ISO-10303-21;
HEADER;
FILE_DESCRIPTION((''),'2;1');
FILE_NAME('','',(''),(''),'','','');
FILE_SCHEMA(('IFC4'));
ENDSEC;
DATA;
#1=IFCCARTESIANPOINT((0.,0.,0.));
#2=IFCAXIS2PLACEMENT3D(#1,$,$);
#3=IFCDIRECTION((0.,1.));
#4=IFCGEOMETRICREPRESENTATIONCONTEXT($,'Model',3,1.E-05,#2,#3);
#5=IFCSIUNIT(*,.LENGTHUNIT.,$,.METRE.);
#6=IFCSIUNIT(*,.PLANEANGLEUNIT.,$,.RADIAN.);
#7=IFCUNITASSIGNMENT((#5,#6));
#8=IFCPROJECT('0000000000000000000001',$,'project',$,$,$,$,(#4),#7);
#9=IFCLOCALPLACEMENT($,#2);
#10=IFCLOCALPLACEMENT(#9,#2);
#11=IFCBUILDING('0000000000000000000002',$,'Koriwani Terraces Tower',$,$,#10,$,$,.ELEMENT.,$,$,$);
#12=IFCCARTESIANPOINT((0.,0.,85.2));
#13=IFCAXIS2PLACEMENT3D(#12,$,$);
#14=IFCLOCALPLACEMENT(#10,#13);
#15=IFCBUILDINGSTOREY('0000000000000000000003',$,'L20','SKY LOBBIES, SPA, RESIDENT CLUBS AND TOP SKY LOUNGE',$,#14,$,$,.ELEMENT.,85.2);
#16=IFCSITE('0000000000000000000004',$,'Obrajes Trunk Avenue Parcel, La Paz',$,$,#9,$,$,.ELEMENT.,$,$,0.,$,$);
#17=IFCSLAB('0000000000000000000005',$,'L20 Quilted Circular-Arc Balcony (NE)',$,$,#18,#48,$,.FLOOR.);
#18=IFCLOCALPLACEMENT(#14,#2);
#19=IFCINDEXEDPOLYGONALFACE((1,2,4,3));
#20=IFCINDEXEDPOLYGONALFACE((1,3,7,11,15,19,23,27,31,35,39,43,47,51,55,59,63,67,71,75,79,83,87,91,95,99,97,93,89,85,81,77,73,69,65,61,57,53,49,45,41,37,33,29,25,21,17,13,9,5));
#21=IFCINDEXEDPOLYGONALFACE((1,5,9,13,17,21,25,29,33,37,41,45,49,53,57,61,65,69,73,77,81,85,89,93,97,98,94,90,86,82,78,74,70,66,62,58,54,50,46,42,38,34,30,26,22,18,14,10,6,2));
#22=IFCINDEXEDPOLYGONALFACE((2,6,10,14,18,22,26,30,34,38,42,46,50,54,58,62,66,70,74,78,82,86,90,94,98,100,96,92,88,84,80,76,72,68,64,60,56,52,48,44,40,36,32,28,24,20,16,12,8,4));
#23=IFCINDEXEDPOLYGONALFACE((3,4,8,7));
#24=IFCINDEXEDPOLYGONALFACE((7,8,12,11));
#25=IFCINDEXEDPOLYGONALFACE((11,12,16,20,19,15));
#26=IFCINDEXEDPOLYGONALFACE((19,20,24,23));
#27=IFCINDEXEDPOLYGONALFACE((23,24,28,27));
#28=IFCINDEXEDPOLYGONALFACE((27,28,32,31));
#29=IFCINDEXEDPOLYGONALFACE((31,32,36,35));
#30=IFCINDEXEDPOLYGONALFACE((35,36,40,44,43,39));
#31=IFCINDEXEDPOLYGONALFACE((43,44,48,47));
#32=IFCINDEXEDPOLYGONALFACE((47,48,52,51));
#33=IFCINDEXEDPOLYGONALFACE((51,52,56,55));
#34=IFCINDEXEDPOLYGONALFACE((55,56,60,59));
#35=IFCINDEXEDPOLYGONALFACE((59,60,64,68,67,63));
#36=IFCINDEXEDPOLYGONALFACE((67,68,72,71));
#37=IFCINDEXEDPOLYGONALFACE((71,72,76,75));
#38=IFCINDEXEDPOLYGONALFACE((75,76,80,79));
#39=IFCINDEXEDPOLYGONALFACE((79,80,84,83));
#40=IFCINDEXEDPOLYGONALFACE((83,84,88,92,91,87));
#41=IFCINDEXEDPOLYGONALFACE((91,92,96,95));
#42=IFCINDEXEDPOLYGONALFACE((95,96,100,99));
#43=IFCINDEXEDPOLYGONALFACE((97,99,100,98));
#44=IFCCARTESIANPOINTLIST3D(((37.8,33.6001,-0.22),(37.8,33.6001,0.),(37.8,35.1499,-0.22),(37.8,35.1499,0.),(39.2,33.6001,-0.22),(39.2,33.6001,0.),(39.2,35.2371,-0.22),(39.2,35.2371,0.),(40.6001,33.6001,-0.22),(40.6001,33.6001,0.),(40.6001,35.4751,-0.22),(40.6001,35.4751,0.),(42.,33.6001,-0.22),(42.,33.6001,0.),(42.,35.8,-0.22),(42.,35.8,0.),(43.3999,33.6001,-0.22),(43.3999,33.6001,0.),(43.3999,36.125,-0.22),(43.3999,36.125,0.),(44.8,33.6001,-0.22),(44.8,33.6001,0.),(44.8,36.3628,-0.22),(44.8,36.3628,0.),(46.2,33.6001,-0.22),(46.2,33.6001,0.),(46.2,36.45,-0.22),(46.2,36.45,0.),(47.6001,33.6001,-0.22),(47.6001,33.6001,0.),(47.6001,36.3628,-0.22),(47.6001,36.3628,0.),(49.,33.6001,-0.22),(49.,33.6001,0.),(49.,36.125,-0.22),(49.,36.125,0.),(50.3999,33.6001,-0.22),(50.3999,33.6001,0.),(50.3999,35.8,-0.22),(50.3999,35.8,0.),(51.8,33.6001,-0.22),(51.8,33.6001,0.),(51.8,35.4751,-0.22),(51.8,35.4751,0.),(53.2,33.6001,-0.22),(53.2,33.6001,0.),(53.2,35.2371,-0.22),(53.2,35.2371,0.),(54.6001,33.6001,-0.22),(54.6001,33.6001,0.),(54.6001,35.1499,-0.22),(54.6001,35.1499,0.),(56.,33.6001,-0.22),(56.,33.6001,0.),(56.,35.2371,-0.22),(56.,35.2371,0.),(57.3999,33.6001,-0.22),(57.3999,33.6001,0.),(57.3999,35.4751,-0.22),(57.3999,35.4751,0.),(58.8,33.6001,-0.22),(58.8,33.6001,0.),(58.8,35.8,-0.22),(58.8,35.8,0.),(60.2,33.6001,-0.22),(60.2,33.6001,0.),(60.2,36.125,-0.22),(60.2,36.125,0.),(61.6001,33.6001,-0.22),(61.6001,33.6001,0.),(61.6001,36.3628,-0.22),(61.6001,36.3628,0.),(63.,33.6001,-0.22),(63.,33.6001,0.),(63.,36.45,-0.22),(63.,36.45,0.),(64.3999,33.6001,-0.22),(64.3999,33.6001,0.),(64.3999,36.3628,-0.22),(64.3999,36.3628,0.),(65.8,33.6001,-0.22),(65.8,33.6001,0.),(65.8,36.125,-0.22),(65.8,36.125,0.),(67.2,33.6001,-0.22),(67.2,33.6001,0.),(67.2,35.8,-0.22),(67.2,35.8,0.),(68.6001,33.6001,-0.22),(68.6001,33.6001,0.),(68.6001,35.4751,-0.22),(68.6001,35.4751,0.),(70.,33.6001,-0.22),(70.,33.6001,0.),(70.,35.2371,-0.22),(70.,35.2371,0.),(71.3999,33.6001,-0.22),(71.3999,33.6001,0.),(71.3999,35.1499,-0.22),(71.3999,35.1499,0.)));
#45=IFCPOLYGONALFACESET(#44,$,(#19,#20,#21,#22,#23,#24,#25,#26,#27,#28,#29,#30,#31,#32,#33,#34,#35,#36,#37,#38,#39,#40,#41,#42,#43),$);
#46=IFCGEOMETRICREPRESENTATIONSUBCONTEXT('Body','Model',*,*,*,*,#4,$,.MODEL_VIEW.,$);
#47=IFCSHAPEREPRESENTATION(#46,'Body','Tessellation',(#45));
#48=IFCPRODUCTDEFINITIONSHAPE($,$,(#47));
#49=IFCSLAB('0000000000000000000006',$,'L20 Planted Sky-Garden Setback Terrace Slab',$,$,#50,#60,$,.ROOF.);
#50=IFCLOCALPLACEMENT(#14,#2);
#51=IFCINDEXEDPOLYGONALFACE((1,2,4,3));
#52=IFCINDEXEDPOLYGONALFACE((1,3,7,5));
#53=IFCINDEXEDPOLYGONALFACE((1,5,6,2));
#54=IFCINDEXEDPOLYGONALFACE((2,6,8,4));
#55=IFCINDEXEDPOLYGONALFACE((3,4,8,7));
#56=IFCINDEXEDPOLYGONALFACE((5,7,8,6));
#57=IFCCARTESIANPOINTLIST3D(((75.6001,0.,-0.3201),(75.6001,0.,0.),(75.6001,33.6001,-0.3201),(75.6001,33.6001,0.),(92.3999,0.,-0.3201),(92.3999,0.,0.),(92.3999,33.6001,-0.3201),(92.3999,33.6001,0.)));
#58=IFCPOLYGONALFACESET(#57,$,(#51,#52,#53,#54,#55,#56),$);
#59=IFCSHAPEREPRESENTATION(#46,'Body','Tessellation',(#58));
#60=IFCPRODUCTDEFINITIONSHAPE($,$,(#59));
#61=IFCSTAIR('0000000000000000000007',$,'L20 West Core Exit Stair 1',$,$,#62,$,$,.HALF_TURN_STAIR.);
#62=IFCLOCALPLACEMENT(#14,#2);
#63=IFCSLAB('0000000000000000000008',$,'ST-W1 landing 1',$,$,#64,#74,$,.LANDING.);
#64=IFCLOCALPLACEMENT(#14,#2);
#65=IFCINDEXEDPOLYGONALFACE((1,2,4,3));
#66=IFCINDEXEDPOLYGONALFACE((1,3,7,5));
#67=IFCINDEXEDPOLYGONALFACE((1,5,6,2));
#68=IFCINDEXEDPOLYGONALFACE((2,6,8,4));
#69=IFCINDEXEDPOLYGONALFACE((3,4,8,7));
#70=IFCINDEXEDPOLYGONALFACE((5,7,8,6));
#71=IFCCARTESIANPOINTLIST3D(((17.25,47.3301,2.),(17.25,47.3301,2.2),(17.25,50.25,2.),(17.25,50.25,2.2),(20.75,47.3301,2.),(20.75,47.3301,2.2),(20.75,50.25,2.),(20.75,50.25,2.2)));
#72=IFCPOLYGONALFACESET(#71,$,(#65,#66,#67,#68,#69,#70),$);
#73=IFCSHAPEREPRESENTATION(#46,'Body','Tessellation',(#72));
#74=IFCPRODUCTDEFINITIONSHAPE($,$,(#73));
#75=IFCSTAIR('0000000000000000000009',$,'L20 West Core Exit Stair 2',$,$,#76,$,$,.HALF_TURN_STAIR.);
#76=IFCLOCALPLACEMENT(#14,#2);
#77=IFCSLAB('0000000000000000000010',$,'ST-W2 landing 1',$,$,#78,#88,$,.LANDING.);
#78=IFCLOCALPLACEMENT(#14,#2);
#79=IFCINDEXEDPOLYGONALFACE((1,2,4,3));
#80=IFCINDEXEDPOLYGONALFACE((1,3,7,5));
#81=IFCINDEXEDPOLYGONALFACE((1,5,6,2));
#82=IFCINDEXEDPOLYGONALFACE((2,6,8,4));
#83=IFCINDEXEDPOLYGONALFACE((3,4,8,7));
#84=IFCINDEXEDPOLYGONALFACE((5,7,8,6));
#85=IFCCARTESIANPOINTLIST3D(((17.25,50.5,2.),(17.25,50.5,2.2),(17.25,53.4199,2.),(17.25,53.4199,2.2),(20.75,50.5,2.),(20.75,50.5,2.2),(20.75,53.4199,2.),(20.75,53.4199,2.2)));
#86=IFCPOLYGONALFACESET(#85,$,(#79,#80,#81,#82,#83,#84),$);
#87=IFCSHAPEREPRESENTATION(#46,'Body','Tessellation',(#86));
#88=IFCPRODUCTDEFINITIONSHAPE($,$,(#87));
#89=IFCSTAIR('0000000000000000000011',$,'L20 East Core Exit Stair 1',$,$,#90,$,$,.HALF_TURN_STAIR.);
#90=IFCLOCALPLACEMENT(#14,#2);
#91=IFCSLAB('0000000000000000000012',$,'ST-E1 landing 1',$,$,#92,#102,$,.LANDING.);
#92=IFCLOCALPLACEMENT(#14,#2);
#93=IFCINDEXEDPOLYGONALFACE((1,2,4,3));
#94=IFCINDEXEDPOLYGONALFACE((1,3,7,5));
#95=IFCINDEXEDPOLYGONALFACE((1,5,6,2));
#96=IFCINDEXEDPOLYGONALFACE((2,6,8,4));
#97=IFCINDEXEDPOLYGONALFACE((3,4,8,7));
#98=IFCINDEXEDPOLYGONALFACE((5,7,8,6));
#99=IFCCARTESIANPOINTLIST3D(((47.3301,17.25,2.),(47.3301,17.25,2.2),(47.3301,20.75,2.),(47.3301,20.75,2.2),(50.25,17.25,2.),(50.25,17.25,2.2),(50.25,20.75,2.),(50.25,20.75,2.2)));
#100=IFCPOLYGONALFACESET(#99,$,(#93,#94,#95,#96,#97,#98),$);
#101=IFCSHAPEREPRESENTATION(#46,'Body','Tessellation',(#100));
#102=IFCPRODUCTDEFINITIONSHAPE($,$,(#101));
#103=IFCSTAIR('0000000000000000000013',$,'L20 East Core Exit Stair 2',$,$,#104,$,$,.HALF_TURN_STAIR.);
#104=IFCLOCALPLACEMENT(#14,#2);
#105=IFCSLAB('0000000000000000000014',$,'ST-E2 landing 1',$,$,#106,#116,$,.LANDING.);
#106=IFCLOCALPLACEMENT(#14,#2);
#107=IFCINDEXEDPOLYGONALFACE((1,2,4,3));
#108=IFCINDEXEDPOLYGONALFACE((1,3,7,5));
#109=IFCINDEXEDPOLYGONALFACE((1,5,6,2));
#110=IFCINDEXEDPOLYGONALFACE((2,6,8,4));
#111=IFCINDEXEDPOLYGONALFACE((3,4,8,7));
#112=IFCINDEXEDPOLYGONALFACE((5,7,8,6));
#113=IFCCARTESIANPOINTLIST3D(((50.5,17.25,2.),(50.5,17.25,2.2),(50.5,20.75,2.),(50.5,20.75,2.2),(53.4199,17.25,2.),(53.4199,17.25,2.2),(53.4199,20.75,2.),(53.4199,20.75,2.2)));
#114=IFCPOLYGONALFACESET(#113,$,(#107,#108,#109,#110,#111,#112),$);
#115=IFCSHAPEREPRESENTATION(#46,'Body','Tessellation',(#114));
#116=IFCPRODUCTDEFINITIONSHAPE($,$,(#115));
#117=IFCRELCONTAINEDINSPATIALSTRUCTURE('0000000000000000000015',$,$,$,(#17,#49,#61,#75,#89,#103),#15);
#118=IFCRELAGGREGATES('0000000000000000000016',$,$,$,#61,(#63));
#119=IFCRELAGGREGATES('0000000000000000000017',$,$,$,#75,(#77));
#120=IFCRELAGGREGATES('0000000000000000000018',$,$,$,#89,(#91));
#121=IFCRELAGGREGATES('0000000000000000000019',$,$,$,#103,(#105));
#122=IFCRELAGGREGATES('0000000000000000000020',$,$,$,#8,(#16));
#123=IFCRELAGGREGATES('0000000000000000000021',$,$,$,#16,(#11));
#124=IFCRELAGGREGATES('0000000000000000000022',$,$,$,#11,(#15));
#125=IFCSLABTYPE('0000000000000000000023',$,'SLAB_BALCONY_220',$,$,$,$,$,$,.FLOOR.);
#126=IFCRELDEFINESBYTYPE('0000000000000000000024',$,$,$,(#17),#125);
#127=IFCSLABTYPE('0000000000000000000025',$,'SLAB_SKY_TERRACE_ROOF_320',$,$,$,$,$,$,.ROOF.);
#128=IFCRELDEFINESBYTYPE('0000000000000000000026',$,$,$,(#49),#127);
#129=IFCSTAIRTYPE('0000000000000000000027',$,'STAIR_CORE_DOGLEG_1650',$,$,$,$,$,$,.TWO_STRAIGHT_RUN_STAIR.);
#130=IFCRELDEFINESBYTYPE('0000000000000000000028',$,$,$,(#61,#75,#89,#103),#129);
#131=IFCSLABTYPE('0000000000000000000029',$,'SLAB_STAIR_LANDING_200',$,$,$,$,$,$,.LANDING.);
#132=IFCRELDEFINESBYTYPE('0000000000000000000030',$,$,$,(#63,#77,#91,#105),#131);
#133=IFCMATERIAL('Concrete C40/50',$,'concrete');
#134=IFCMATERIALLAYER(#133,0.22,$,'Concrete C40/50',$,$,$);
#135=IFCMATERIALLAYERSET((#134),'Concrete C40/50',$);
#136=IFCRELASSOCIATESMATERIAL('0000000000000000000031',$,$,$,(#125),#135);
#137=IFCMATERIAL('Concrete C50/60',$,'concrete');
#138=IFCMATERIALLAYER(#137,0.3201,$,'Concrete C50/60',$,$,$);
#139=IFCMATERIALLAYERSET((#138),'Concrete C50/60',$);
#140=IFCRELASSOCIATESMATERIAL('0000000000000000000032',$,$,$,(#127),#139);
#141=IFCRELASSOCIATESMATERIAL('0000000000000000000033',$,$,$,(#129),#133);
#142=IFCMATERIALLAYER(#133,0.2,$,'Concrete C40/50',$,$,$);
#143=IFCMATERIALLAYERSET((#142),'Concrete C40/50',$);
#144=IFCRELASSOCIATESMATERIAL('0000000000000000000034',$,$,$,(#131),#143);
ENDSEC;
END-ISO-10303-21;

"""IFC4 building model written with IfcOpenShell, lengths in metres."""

from ifc_helpers import new_model, si_unit, direction, frame, origin, place, context, subcontext, project, spatial, polyline, outline, extrude, material, layer, layer_set, type_object, element, aggregate, save


model = new_model("IFC4")

# Units and contexts
model_context = context("Model", 3, precision=1e-05, world=origin(), true_north=direction((0.0, 1.0)))
body_context = subcontext(model_context, "Body", "Model", "MODEL_VIEW")
ifc_project = project(units=[si_unit("LENGTHUNIT", "METRE"), si_unit("PLANEANGLEUNIT", "RADIAN")], contexts=[model_context])

# Site, building, storey
site_placement = place(None, origin())
site = spatial("IfcSite", under=ifc_project, at=site_placement, Name="Obrajes Trunk Avenue Parcel, La Paz", CompositionType="ELEMENT", RefElevation=0.0)
building_placement = place(site_placement, origin())
building = spatial("IfcBuilding", under=site, at=building_placement, Name="Koriwani Terraces Tower", CompositionType="ELEMENT")
storey_placement = place(building_placement, frame((0.0, 0.0, 85.2)))
storey = spatial("IfcBuildingStorey", under=building, at=storey_placement, Name="L20", Description="SKY LOBBIES, SPA, RESIDENT CLUBS AND TOP SKY LOUNGE", CompositionType="ELEMENT", Elevation=85.2)

# Shared definitions
ifc_material_1 = material(Name="Concrete C40/50", Category="concrete")
ifc_material_2 = material(Name="Concrete C50/60", Category="concrete")

# Slabs
ifc_layer_1 = layer(ifc_material_1, 0.22, Name="Concrete C40/50")
ifc_layer_set_1 = layer_set([ifc_layer_1], Name="Concrete C40/50")
slab_type_1 = type_object("IfcSlabType", Name="SLAB_BALCONY_220", PredefinedType="FLOOR", material=ifc_layer_set_1)
slab_1_placement = place(storey_placement, frame((0.0, 0.0, -0.22)))
element("IfcSlab", 1, at=slab_1_placement, inside=storey, type_object=slab_type_1, Name="L20 Quilted Circular-Arc Balcony (NE)", PredefinedType="FLOOR", context=body_context, shape_type="SweptSolid", body=[
    extrude(outline(polyline([(71.3999, 33.6001), (70.0, 33.6001), (68.6001, 33.6001), (67.2, 33.6001), (65.8, 33.6001), (64.3999, 33.6001), (63.0, 33.6001), (61.6001, 33.6001), (60.2, 33.6001), (58.8, 33.6001), (57.3999, 33.6001), (56.0, 33.6001), (54.6001, 33.6001), (53.2, 33.6001), (51.8, 33.6001), (50.3999, 33.6001), (49.0, 33.6001), (47.6001, 33.6001), (46.2, 33.6001), (44.8, 33.6001), (43.3999, 33.6001), (42.0, 33.6001), (40.6001, 33.6001), (39.2, 33.6001), (37.8, 33.6001), (37.8, 35.1499), (39.2, 35.2371), (40.6001, 35.4751), (42.0, 35.8), (43.3999, 36.125), (44.8, 36.3628), (46.2, 36.45), (47.6001, 36.3628), (49.0, 36.125), (50.3999, 35.8), (51.8, 35.4751), (53.2, 35.2371), (54.6001, 35.1499), (56.0, 35.2371), (57.3999, 35.4751), (58.8, 35.8), (60.2, 36.125), (61.6001, 36.3628), (63.0, 36.45), (64.3999, 36.3628), (65.8, 36.125), (67.2, 35.8), (68.6001, 35.4751), (70.0, 35.2371), (71.3999, 35.1499), (71.3999, 33.6001)])), origin(), (0.0, 0.0, 1.0), 0.22),
])
ifc_layer_2 = layer(ifc_material_2, 0.3201, Name="Concrete C50/60")
ifc_layer_set_2 = layer_set([ifc_layer_2], Name="Concrete C50/60")
slab_type_2 = type_object("IfcSlabType", Name="SLAB_SKY_TERRACE_ROOF_320", PredefinedType="ROOF", material=ifc_layer_set_2)
slab_2_placement = place(storey_placement, frame((0.0, 0.0, -0.3201)))
element("IfcSlab", 2, at=slab_2_placement, inside=storey, type_object=slab_type_2, Name="L20 Planted Sky-Garden Setback Terrace Slab", PredefinedType="ROOF", context=body_context, shape_type="SweptSolid", body=[
    extrude(outline(polyline([(75.6001, 0.0), (92.3999, 0.0), (92.3999, 33.6001), (75.6001, 33.6001), (75.6001, 0.0)])), origin(), (0.0, 0.0, 1.0), 0.3201),
])

# Stairs, slabs
stair_type = type_object("IfcStairType", Name="STAIR_CORE_DOGLEG_1650", PredefinedType="TWO_STRAIGHT_RUN_STAIR", material=ifc_material_1)
stair_1_placement = place(storey_placement, origin())
stair_1 = element("IfcStair", 3, at=stair_1_placement, inside=storey, type_object=stair_type, Name="L20 West Core Exit Stair 1", PredefinedType="HALF_TURN_STAIR")
ifc_layer_3 = layer(ifc_material_1, 0.2, Name="Concrete C40/50")
ifc_layer_set_3 = layer_set([ifc_layer_3], Name="Concrete C40/50")
slab_type_3 = type_object("IfcSlabType", Name="SLAB_STAIR_LANDING_200", PredefinedType="LANDING", material=ifc_layer_set_3)
slab_3_placement = place(storey_placement, frame((0.0, 0.0, 2.0)))
slab_3 = element("IfcSlab", 4, at=slab_3_placement, type_object=slab_type_3, Name="ST-W1 landing 1", PredefinedType="LANDING", context=body_context, shape_type="SweptSolid", body=[
    extrude(outline(polyline([(20.75, 47.3301), (20.75, 50.25), (17.25, 50.25), (17.25, 47.3301), (20.75, 47.3301)])), origin(), (0.0, 0.0, 1.0), 0.2),
])
aggregate(stair_1, [slab_3])
stair_2_placement = place(storey_placement, origin())
stair_2 = element("IfcStair", 5, at=stair_2_placement, inside=storey, type_object=stair_type, Name="L20 West Core Exit Stair 2", PredefinedType="HALF_TURN_STAIR")
slab_4_placement = place(storey_placement, frame((0.0, 0.0, 2.0)))
slab_4 = element("IfcSlab", 6, at=slab_4_placement, type_object=slab_type_3, Name="ST-W2 landing 1", PredefinedType="LANDING", context=body_context, shape_type="SweptSolid", body=[
    extrude(outline(polyline([(17.25, 53.4199), (17.25, 50.5), (20.75, 50.5), (20.75, 53.4199), (17.25, 53.4199)])), origin(), (0.0, 0.0, 1.0), 0.2),
])
aggregate(stair_2, [slab_4])
stair_3_placement = place(storey_placement, origin())
stair_3 = element("IfcStair", 7, at=stair_3_placement, inside=storey, type_object=stair_type, Name="L20 East Core Exit Stair 1", PredefinedType="HALF_TURN_STAIR")
slab_5_placement = place(storey_placement, frame((0.0, 0.0, 2.0)))
slab_5 = element("IfcSlab", 8, at=slab_5_placement, type_object=slab_type_3, Name="ST-E1 landing 1", PredefinedType="LANDING", context=body_context, shape_type="SweptSolid", body=[
    extrude(outline(polyline([(47.3301, 17.25), (50.25, 17.25), (50.25, 20.75), (47.3301, 20.75), (47.3301, 17.25)])), origin(), (0.0, 0.0, 1.0), 0.2),
])
aggregate(stair_3, [slab_5])
stair_4_placement = place(storey_placement, origin())
stair_4 = element("IfcStair", 9, at=stair_4_placement, inside=storey, type_object=stair_type, Name="L20 East Core Exit Stair 2", PredefinedType="HALF_TURN_STAIR")
slab_6_placement = place(storey_placement, frame((0.0, 0.0, 2.0)))
slab_6 = element("IfcSlab", 10, at=slab_6_placement, type_object=slab_type_3, Name="ST-E2 landing 1", PredefinedType="LANDING", context=body_context, shape_type="SweptSolid", body=[
    extrude(outline(polyline([(53.4199, 20.75), (50.5, 20.75), (50.5, 17.25), (53.4199, 17.25), (53.4199, 20.75)])), origin(), (0.0, 0.0, 1.0), 0.2),
])
aggregate(stair_4, [slab_6])

save(model, "model.ifc")
